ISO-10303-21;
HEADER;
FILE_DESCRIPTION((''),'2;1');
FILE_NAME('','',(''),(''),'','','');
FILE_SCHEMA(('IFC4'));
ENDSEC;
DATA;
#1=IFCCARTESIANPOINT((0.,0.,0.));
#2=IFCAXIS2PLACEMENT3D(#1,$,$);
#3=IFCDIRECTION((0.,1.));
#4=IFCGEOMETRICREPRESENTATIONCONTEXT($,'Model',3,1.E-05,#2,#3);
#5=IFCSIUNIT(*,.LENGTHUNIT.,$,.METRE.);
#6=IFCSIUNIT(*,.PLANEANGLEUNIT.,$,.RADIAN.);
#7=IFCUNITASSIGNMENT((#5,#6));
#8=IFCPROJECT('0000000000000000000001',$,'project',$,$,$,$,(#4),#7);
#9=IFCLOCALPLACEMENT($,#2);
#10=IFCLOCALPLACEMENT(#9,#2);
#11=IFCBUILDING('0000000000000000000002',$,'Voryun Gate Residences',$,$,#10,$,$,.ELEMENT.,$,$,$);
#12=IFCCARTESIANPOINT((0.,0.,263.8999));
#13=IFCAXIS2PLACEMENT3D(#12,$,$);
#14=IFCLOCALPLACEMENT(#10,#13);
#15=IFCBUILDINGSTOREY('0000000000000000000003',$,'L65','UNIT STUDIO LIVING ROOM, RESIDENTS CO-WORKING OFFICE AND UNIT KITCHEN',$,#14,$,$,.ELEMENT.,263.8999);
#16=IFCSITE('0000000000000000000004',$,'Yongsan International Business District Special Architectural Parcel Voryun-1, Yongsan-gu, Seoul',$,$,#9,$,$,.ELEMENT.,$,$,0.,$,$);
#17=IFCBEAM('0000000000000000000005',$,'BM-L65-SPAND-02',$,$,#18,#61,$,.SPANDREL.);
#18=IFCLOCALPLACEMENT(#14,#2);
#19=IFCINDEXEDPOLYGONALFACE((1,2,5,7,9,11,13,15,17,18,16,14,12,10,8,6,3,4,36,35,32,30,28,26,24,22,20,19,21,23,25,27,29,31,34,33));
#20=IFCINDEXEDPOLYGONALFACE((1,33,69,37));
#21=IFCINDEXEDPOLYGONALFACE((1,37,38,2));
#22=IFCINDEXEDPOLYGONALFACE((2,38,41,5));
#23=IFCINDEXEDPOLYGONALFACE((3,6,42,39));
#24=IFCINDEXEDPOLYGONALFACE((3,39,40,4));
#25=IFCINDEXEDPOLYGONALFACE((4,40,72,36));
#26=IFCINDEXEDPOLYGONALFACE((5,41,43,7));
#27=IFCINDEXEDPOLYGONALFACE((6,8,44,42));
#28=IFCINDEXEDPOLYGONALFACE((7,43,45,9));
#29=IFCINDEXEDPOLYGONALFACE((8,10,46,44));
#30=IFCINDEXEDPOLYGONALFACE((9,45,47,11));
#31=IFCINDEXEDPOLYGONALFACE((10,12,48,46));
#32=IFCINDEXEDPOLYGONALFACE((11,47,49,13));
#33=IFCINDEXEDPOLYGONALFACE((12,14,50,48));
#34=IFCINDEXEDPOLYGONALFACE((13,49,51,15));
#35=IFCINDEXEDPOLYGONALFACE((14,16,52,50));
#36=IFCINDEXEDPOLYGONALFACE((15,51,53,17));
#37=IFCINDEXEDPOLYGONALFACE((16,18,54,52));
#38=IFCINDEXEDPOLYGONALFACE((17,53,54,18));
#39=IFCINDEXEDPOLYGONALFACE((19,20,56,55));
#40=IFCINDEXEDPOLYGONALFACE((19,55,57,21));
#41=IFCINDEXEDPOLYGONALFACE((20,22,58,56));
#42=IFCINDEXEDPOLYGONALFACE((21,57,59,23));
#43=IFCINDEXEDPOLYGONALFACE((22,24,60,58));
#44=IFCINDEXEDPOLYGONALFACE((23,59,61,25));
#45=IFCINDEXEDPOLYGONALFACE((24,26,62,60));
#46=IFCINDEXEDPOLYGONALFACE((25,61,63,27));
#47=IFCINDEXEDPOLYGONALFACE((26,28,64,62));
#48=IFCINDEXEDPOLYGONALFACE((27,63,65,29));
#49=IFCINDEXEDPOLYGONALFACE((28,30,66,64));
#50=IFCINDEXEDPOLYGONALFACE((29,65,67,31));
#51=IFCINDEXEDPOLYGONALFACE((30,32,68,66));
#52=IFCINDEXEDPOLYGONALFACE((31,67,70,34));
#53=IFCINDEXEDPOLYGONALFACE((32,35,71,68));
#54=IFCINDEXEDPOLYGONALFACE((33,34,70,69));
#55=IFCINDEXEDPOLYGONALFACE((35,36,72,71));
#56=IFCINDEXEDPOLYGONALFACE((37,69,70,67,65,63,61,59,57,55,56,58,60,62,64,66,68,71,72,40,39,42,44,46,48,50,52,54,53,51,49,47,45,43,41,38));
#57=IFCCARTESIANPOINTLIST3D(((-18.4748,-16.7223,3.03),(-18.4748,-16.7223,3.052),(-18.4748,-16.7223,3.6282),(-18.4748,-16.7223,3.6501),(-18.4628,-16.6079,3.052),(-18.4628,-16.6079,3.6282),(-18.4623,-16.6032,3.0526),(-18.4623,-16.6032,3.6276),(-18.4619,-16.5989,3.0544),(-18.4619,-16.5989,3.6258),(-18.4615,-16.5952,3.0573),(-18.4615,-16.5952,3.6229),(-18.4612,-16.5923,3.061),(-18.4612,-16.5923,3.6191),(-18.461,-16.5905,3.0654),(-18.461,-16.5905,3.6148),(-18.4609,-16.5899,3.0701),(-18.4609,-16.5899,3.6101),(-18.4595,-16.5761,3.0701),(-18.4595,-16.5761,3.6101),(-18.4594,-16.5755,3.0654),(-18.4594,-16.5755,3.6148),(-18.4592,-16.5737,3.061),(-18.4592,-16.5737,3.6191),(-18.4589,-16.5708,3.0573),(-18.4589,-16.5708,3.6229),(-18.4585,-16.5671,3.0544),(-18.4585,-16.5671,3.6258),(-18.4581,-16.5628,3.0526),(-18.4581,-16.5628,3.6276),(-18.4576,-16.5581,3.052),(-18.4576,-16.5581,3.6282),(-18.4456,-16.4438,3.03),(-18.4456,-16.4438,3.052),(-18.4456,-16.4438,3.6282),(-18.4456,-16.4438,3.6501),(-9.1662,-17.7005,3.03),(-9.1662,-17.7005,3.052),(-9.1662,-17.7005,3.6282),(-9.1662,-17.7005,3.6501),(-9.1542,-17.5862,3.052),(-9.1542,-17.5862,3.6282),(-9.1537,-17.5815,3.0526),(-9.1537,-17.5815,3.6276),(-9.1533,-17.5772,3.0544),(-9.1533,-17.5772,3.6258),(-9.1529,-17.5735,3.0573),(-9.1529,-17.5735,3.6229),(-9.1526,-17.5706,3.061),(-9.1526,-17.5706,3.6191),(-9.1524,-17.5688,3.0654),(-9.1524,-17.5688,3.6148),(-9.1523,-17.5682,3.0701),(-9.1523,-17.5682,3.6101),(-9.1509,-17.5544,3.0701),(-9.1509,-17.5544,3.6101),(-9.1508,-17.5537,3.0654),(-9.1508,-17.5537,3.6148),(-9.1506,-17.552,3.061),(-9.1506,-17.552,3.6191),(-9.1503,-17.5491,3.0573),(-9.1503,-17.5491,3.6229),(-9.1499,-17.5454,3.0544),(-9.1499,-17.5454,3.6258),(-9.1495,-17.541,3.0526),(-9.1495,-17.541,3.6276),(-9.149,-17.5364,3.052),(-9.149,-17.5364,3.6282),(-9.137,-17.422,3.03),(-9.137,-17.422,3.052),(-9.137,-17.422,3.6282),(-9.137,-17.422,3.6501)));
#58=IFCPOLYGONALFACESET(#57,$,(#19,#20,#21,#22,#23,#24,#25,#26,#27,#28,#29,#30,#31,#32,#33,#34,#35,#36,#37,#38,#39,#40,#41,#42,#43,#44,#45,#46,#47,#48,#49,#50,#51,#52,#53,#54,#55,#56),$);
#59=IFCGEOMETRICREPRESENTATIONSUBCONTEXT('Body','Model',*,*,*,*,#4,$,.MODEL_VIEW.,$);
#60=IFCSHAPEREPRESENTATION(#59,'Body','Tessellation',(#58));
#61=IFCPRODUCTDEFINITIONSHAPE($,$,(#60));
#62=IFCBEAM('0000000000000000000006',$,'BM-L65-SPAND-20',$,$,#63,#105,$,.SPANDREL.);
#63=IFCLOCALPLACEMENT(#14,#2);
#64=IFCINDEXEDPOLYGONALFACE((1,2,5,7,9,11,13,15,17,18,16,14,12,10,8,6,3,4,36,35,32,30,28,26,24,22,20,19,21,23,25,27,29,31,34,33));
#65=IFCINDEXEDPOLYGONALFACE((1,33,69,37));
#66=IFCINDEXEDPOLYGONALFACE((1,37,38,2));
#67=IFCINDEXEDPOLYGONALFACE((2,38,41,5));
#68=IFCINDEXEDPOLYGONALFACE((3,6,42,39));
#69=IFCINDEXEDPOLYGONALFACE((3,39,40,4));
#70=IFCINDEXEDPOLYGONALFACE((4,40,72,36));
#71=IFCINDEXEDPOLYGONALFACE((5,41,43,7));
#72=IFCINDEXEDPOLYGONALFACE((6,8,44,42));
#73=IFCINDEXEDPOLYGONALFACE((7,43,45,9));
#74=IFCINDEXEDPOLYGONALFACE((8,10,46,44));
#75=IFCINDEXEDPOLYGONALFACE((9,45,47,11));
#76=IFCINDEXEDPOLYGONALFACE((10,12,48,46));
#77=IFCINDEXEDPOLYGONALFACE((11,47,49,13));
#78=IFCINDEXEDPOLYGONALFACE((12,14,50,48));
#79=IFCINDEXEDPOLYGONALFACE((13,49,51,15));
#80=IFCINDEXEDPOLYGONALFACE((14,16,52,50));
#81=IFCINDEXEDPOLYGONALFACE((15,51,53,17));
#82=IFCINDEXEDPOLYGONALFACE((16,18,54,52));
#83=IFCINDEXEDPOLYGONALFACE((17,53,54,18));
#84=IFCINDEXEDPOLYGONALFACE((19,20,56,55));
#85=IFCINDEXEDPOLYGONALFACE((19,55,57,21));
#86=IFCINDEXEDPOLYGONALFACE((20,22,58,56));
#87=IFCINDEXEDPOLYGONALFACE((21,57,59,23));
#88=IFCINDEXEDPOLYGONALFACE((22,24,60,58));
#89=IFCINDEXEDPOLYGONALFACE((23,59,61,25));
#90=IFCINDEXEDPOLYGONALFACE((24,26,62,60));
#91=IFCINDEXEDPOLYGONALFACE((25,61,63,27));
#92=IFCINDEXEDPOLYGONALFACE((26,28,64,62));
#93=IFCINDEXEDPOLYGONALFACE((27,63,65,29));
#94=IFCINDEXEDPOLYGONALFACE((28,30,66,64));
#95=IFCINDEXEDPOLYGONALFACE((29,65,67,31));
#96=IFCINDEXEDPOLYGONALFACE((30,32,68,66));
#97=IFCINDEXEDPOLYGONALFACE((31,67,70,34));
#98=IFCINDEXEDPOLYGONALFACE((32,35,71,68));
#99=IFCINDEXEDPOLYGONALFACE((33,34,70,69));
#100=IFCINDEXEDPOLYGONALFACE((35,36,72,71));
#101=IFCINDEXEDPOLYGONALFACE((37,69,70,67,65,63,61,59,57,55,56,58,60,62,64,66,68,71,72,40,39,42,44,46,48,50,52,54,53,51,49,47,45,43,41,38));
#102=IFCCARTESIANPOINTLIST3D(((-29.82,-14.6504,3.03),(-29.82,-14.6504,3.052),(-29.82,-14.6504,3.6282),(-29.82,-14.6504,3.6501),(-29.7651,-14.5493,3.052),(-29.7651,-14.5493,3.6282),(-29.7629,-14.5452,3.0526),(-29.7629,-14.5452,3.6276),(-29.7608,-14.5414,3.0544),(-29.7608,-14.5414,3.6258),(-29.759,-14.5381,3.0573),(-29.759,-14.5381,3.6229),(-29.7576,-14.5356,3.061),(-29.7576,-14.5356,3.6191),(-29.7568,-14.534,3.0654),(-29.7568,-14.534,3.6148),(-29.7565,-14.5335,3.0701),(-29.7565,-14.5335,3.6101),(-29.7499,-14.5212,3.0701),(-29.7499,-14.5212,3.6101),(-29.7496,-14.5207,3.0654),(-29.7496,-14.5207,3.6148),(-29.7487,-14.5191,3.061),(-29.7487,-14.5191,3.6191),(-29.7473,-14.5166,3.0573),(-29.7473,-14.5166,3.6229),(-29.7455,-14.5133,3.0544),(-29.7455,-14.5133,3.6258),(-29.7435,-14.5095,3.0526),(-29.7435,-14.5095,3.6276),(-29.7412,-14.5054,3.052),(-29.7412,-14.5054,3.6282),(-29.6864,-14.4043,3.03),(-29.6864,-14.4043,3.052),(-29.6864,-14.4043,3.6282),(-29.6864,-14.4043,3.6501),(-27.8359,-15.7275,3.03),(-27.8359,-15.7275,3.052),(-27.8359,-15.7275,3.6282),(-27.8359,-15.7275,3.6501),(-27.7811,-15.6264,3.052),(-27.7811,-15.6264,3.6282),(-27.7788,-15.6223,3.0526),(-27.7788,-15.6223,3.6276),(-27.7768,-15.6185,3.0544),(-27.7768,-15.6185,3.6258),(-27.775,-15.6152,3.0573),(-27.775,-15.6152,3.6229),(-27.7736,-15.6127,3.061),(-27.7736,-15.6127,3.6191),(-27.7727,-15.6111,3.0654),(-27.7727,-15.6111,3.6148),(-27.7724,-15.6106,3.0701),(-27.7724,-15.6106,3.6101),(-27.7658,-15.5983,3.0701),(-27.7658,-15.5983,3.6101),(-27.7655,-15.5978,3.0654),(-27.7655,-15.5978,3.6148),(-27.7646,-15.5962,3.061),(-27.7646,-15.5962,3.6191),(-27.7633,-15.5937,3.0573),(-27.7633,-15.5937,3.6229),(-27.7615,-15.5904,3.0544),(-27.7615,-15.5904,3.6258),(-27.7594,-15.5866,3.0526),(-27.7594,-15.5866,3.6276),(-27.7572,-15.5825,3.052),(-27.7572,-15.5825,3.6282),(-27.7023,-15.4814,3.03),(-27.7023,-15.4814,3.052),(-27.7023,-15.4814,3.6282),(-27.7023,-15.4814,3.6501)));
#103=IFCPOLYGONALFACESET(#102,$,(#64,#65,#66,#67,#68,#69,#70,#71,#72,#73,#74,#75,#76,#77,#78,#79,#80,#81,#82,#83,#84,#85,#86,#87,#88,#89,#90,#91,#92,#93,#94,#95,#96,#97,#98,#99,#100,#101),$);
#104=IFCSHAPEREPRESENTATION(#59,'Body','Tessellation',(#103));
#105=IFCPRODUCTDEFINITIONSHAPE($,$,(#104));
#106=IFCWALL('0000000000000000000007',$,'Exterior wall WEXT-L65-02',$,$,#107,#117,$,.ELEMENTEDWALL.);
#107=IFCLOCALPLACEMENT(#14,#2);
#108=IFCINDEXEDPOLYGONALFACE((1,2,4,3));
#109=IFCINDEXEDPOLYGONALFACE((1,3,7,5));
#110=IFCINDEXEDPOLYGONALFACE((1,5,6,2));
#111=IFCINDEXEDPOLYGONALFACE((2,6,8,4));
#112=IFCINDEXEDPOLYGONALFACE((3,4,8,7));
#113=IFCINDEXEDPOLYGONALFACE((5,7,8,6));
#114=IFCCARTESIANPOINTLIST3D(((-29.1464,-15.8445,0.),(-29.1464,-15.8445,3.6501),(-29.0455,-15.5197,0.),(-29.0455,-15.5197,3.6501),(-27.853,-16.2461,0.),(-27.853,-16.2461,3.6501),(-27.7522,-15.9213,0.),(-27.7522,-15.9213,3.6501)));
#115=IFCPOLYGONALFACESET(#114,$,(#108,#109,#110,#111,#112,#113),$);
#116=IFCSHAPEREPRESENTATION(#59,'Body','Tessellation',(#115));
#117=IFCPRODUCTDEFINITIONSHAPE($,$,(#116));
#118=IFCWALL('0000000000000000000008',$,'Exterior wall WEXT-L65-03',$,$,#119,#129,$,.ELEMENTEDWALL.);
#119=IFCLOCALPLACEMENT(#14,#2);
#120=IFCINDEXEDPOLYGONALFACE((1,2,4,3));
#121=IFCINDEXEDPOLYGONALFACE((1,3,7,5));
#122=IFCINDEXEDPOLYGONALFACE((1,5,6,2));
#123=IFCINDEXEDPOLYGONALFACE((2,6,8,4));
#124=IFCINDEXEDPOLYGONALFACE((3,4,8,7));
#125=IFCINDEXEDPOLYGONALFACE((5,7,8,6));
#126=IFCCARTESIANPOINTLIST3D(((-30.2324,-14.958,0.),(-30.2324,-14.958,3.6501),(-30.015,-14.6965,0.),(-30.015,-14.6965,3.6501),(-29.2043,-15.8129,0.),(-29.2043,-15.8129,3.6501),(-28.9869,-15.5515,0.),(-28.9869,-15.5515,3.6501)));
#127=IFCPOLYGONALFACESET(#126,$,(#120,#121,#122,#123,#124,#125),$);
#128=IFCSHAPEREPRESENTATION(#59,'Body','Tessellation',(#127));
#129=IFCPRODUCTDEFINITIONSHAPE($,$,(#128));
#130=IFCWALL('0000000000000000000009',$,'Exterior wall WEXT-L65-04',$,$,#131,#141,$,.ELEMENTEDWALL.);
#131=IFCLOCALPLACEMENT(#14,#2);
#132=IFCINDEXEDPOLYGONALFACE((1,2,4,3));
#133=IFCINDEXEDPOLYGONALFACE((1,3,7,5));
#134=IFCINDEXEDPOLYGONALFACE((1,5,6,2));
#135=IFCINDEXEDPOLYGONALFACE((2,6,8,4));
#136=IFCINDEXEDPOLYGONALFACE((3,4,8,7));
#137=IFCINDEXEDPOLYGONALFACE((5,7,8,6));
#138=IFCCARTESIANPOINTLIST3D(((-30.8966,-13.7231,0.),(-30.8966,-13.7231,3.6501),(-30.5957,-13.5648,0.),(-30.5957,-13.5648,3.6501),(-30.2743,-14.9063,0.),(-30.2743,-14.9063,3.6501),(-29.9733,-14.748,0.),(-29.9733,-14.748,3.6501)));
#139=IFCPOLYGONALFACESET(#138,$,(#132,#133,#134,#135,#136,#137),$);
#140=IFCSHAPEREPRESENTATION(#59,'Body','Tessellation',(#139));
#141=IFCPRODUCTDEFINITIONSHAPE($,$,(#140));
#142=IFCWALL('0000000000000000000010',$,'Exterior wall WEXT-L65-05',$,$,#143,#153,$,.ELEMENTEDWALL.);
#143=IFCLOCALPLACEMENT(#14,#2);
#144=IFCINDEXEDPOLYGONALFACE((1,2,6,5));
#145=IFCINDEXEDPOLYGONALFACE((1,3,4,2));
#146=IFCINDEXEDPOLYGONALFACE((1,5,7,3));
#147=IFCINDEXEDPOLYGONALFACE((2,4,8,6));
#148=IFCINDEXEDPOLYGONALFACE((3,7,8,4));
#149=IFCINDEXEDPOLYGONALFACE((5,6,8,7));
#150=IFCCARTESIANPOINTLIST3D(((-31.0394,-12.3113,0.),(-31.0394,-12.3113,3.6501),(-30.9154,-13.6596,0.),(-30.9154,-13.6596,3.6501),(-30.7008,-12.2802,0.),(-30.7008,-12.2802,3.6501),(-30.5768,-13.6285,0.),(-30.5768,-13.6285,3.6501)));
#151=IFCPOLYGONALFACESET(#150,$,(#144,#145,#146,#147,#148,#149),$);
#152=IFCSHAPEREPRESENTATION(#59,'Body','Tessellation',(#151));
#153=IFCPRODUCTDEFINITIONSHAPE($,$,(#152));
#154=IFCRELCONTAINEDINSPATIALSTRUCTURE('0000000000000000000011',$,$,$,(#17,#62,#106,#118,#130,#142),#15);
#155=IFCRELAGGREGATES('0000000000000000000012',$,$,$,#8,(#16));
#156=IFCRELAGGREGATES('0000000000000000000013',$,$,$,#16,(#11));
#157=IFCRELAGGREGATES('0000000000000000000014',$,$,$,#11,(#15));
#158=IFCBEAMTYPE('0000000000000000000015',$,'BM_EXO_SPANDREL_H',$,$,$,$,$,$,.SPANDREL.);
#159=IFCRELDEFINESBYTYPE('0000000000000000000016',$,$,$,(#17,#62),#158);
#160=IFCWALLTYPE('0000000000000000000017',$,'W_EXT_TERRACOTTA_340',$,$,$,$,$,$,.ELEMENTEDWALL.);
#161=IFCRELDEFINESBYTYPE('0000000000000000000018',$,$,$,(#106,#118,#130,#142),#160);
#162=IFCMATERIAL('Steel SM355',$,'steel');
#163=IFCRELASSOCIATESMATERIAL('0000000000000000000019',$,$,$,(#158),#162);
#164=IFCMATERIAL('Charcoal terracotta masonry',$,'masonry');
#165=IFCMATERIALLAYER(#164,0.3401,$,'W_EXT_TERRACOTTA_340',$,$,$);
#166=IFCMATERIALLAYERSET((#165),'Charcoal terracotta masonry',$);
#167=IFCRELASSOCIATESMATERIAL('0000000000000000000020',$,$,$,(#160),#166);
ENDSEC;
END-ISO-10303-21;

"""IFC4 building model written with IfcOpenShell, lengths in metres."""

from ifc_helpers import new_model, si_unit, direction, frame, frame_2d, origin, origin_2d, place, context, subcontext, project, spatial, rectangle, i_section, extrude, material, layer, layer_set, material_profile, profile_set, type_object, element, save


model = new_model("IFC4")

# Units and contexts
model_context = context("Model", 3, precision=1e-05, world=origin(), true_north=direction((0.0, 1.0)))
body_context = subcontext(model_context, "Body", "Model", "MODEL_VIEW")
ifc_project = project(units=[si_unit("LENGTHUNIT", "METRE"), si_unit("PLANEANGLEUNIT", "RADIAN")], contexts=[model_context])

# Site, building, storey
site_placement = place(None, origin())
site = spatial("IfcSite", under=ifc_project, at=site_placement, Name="Yongsan International Business District Special Architectural Parcel Voryun-1, Yongsan-gu, Seoul", CompositionType="ELEMENT", RefElevation=0.0)
building_placement = place(site_placement, origin())
building = spatial("IfcBuilding", under=site, at=building_placement, Name="Voryun Gate Residences", CompositionType="ELEMENT")
storey_placement = place(building_placement, frame((0.0, 0.0, 263.8999)))
storey = spatial("IfcBuildingStorey", under=building, at=storey_placement, Name="L65", Description="UNIT STUDIO LIVING ROOM, RESIDENTS CO-WORKING OFFICE AND UNIT KITCHEN", CompositionType="ELEMENT", Elevation=263.8999)

# Beams
ifc_material_1 = material(Name="Steel SM355", Category="steel")
ifc_material_profile_1 = material_profile(ifc_material_1, i_section(OverallWidth=0.28, OverallDepth=0.6201, WebThickness=0.0139, FlangeThickness=0.022, FilletRadius=0.0181, at=origin_2d()), Name="H-620x280x14x22")
ifc_profile_set_1 = profile_set([ifc_material_profile_1], Name="Steel SM355")
beam_type = type_object("IfcBeamType", Name="BM_EXO_SPANDREL_H", PredefinedType="SPANDREL", material=ifc_profile_set_1)
beam_1_placement = place(storey_placement, frame((-18.4602, -16.583, 3.3401), z_axis=(0.994523, -0.104518, 0.0), x_axis=(0.104518, 0.994523, 0.0)))
element("IfcBeam", 1, at=beam_1_placement, inside=storey, type_object=beam_type, Name="BM-L65-SPAND-02", PredefinedType="SPANDREL", context=body_context, shape_type="SweptSolid", body=[
    extrude(i_section(OverallWidth=0.28, OverallDepth=0.6201, WebThickness=0.0139, FlangeThickness=0.022, FilletRadius=0.0181, at=origin_2d()), origin(), (0.0, 0.0, 1.0), 9.3599),
])
beam_2_placement = place(storey_placement, frame((-29.7532, -14.5273, 3.3401), z_axis=(0.878844, -0.477109, 0.0), x_axis=(0.477109, 0.878844, 0.0)))
element("IfcBeam", 2, at=beam_2_placement, inside=storey, type_object=beam_type, Name="BM-L65-SPAND-20", PredefinedType="SPANDREL", context=body_context, shape_type="SweptSolid", body=[
    extrude(i_section(OverallWidth=0.28, OverallDepth=0.6201, WebThickness=0.0139, FlangeThickness=0.022, FilletRadius=0.0181, at=origin_2d()), origin(), (0.0, 0.0, 1.0), 2.2576),
])

# Walls
ifc_material_2 = material(Name="Charcoal terracotta masonry", Category="masonry")
ifc_layer_1 = layer(ifc_material_2, 0.3401, Name="W_EXT_TERRACOTTA_340")
ifc_layer_set_1 = layer_set([ifc_layer_1], Name="Charcoal terracotta masonry")
wall_type_1 = type_object("IfcWallType", Name="W_EXT_TERRACOTTA_340", PredefinedType="ELEMENTEDWALL", material=ifc_layer_set_1)
wall_1_placement = place(storey_placement, frame((-27.8025, -16.0837, 0.0), z_axis=(0.0, 0.0, 1.0), x_axis=(-0.955008, 0.296581, 0.0)))
element("IfcWall", 3, at=wall_1_placement, inside=storey, type_object=wall_type_1, Name="Exterior wall WEXT-L65-02", PredefinedType="ELEMENTEDWALL", context=body_context, shape_type="SweptSolid", body=[
    extrude(rectangle(XDim=1.3542, YDim=0.3401, at=frame_2d((0.6772, 0.0))), origin(), (0.0, 0.0, 1.0), 3.6501),
])
wall_2_placement = place(storey_placement, frame((-29.0957, -15.6821, 0.0), z_axis=(0.0, 0.0, 1.0), x_axis=(-0.768864, 0.639412, 0.0)))
element("IfcWall", 4, at=wall_2_placement, inside=storey, type_object=wall_type_1, Name="Exterior wall WEXT-L65-03", PredefinedType="ELEMENTEDWALL", context=body_context, shape_type="SweptSolid", body=[
    extrude(rectangle(XDim=1.3372, YDim=0.3401, at=frame_2d((0.6685, 0.0))), origin(), (0.0, 0.0, 1.0), 3.6501),
])
wall_3_placement = place(storey_placement, frame((-30.1238, -14.8271, 0.0), z_axis=(0.0, 0.0, 1.0), x_axis=(-0.465528, 0.885033, 0.0)))
element("IfcWall", 5, at=wall_3_placement, inside=storey, type_object=wall_type_1, Name="Exterior wall WEXT-L65-04", PredefinedType="ELEMENTEDWALL", context=body_context, shape_type="SweptSolid", body=[
    extrude(rectangle(XDim=1.3369, YDim=0.3401, at=frame_2d((0.6685, 0.0))), origin(), (0.0, 0.0, 1.0), 3.6501),
])
wall_4_placement = place(storey_placement, frame((-30.7461, -13.644, 0.0), z_axis=(0.0, 0.0, 1.0), x_axis=(-0.091592, 0.995797, 0.0)))
element("IfcWall", 6, at=wall_4_placement, inside=storey, type_object=wall_type_1, Name="Exterior wall WEXT-L65-05", PredefinedType="ELEMENTEDWALL", context=body_context, shape_type="SweptSolid", body=[
    extrude(rectangle(XDim=1.354, YDim=0.3401, at=frame_2d((0.677, 0.0))), origin(), (0.0, 0.0, 1.0), 3.6501),
])

save(model, "model.ifc")
